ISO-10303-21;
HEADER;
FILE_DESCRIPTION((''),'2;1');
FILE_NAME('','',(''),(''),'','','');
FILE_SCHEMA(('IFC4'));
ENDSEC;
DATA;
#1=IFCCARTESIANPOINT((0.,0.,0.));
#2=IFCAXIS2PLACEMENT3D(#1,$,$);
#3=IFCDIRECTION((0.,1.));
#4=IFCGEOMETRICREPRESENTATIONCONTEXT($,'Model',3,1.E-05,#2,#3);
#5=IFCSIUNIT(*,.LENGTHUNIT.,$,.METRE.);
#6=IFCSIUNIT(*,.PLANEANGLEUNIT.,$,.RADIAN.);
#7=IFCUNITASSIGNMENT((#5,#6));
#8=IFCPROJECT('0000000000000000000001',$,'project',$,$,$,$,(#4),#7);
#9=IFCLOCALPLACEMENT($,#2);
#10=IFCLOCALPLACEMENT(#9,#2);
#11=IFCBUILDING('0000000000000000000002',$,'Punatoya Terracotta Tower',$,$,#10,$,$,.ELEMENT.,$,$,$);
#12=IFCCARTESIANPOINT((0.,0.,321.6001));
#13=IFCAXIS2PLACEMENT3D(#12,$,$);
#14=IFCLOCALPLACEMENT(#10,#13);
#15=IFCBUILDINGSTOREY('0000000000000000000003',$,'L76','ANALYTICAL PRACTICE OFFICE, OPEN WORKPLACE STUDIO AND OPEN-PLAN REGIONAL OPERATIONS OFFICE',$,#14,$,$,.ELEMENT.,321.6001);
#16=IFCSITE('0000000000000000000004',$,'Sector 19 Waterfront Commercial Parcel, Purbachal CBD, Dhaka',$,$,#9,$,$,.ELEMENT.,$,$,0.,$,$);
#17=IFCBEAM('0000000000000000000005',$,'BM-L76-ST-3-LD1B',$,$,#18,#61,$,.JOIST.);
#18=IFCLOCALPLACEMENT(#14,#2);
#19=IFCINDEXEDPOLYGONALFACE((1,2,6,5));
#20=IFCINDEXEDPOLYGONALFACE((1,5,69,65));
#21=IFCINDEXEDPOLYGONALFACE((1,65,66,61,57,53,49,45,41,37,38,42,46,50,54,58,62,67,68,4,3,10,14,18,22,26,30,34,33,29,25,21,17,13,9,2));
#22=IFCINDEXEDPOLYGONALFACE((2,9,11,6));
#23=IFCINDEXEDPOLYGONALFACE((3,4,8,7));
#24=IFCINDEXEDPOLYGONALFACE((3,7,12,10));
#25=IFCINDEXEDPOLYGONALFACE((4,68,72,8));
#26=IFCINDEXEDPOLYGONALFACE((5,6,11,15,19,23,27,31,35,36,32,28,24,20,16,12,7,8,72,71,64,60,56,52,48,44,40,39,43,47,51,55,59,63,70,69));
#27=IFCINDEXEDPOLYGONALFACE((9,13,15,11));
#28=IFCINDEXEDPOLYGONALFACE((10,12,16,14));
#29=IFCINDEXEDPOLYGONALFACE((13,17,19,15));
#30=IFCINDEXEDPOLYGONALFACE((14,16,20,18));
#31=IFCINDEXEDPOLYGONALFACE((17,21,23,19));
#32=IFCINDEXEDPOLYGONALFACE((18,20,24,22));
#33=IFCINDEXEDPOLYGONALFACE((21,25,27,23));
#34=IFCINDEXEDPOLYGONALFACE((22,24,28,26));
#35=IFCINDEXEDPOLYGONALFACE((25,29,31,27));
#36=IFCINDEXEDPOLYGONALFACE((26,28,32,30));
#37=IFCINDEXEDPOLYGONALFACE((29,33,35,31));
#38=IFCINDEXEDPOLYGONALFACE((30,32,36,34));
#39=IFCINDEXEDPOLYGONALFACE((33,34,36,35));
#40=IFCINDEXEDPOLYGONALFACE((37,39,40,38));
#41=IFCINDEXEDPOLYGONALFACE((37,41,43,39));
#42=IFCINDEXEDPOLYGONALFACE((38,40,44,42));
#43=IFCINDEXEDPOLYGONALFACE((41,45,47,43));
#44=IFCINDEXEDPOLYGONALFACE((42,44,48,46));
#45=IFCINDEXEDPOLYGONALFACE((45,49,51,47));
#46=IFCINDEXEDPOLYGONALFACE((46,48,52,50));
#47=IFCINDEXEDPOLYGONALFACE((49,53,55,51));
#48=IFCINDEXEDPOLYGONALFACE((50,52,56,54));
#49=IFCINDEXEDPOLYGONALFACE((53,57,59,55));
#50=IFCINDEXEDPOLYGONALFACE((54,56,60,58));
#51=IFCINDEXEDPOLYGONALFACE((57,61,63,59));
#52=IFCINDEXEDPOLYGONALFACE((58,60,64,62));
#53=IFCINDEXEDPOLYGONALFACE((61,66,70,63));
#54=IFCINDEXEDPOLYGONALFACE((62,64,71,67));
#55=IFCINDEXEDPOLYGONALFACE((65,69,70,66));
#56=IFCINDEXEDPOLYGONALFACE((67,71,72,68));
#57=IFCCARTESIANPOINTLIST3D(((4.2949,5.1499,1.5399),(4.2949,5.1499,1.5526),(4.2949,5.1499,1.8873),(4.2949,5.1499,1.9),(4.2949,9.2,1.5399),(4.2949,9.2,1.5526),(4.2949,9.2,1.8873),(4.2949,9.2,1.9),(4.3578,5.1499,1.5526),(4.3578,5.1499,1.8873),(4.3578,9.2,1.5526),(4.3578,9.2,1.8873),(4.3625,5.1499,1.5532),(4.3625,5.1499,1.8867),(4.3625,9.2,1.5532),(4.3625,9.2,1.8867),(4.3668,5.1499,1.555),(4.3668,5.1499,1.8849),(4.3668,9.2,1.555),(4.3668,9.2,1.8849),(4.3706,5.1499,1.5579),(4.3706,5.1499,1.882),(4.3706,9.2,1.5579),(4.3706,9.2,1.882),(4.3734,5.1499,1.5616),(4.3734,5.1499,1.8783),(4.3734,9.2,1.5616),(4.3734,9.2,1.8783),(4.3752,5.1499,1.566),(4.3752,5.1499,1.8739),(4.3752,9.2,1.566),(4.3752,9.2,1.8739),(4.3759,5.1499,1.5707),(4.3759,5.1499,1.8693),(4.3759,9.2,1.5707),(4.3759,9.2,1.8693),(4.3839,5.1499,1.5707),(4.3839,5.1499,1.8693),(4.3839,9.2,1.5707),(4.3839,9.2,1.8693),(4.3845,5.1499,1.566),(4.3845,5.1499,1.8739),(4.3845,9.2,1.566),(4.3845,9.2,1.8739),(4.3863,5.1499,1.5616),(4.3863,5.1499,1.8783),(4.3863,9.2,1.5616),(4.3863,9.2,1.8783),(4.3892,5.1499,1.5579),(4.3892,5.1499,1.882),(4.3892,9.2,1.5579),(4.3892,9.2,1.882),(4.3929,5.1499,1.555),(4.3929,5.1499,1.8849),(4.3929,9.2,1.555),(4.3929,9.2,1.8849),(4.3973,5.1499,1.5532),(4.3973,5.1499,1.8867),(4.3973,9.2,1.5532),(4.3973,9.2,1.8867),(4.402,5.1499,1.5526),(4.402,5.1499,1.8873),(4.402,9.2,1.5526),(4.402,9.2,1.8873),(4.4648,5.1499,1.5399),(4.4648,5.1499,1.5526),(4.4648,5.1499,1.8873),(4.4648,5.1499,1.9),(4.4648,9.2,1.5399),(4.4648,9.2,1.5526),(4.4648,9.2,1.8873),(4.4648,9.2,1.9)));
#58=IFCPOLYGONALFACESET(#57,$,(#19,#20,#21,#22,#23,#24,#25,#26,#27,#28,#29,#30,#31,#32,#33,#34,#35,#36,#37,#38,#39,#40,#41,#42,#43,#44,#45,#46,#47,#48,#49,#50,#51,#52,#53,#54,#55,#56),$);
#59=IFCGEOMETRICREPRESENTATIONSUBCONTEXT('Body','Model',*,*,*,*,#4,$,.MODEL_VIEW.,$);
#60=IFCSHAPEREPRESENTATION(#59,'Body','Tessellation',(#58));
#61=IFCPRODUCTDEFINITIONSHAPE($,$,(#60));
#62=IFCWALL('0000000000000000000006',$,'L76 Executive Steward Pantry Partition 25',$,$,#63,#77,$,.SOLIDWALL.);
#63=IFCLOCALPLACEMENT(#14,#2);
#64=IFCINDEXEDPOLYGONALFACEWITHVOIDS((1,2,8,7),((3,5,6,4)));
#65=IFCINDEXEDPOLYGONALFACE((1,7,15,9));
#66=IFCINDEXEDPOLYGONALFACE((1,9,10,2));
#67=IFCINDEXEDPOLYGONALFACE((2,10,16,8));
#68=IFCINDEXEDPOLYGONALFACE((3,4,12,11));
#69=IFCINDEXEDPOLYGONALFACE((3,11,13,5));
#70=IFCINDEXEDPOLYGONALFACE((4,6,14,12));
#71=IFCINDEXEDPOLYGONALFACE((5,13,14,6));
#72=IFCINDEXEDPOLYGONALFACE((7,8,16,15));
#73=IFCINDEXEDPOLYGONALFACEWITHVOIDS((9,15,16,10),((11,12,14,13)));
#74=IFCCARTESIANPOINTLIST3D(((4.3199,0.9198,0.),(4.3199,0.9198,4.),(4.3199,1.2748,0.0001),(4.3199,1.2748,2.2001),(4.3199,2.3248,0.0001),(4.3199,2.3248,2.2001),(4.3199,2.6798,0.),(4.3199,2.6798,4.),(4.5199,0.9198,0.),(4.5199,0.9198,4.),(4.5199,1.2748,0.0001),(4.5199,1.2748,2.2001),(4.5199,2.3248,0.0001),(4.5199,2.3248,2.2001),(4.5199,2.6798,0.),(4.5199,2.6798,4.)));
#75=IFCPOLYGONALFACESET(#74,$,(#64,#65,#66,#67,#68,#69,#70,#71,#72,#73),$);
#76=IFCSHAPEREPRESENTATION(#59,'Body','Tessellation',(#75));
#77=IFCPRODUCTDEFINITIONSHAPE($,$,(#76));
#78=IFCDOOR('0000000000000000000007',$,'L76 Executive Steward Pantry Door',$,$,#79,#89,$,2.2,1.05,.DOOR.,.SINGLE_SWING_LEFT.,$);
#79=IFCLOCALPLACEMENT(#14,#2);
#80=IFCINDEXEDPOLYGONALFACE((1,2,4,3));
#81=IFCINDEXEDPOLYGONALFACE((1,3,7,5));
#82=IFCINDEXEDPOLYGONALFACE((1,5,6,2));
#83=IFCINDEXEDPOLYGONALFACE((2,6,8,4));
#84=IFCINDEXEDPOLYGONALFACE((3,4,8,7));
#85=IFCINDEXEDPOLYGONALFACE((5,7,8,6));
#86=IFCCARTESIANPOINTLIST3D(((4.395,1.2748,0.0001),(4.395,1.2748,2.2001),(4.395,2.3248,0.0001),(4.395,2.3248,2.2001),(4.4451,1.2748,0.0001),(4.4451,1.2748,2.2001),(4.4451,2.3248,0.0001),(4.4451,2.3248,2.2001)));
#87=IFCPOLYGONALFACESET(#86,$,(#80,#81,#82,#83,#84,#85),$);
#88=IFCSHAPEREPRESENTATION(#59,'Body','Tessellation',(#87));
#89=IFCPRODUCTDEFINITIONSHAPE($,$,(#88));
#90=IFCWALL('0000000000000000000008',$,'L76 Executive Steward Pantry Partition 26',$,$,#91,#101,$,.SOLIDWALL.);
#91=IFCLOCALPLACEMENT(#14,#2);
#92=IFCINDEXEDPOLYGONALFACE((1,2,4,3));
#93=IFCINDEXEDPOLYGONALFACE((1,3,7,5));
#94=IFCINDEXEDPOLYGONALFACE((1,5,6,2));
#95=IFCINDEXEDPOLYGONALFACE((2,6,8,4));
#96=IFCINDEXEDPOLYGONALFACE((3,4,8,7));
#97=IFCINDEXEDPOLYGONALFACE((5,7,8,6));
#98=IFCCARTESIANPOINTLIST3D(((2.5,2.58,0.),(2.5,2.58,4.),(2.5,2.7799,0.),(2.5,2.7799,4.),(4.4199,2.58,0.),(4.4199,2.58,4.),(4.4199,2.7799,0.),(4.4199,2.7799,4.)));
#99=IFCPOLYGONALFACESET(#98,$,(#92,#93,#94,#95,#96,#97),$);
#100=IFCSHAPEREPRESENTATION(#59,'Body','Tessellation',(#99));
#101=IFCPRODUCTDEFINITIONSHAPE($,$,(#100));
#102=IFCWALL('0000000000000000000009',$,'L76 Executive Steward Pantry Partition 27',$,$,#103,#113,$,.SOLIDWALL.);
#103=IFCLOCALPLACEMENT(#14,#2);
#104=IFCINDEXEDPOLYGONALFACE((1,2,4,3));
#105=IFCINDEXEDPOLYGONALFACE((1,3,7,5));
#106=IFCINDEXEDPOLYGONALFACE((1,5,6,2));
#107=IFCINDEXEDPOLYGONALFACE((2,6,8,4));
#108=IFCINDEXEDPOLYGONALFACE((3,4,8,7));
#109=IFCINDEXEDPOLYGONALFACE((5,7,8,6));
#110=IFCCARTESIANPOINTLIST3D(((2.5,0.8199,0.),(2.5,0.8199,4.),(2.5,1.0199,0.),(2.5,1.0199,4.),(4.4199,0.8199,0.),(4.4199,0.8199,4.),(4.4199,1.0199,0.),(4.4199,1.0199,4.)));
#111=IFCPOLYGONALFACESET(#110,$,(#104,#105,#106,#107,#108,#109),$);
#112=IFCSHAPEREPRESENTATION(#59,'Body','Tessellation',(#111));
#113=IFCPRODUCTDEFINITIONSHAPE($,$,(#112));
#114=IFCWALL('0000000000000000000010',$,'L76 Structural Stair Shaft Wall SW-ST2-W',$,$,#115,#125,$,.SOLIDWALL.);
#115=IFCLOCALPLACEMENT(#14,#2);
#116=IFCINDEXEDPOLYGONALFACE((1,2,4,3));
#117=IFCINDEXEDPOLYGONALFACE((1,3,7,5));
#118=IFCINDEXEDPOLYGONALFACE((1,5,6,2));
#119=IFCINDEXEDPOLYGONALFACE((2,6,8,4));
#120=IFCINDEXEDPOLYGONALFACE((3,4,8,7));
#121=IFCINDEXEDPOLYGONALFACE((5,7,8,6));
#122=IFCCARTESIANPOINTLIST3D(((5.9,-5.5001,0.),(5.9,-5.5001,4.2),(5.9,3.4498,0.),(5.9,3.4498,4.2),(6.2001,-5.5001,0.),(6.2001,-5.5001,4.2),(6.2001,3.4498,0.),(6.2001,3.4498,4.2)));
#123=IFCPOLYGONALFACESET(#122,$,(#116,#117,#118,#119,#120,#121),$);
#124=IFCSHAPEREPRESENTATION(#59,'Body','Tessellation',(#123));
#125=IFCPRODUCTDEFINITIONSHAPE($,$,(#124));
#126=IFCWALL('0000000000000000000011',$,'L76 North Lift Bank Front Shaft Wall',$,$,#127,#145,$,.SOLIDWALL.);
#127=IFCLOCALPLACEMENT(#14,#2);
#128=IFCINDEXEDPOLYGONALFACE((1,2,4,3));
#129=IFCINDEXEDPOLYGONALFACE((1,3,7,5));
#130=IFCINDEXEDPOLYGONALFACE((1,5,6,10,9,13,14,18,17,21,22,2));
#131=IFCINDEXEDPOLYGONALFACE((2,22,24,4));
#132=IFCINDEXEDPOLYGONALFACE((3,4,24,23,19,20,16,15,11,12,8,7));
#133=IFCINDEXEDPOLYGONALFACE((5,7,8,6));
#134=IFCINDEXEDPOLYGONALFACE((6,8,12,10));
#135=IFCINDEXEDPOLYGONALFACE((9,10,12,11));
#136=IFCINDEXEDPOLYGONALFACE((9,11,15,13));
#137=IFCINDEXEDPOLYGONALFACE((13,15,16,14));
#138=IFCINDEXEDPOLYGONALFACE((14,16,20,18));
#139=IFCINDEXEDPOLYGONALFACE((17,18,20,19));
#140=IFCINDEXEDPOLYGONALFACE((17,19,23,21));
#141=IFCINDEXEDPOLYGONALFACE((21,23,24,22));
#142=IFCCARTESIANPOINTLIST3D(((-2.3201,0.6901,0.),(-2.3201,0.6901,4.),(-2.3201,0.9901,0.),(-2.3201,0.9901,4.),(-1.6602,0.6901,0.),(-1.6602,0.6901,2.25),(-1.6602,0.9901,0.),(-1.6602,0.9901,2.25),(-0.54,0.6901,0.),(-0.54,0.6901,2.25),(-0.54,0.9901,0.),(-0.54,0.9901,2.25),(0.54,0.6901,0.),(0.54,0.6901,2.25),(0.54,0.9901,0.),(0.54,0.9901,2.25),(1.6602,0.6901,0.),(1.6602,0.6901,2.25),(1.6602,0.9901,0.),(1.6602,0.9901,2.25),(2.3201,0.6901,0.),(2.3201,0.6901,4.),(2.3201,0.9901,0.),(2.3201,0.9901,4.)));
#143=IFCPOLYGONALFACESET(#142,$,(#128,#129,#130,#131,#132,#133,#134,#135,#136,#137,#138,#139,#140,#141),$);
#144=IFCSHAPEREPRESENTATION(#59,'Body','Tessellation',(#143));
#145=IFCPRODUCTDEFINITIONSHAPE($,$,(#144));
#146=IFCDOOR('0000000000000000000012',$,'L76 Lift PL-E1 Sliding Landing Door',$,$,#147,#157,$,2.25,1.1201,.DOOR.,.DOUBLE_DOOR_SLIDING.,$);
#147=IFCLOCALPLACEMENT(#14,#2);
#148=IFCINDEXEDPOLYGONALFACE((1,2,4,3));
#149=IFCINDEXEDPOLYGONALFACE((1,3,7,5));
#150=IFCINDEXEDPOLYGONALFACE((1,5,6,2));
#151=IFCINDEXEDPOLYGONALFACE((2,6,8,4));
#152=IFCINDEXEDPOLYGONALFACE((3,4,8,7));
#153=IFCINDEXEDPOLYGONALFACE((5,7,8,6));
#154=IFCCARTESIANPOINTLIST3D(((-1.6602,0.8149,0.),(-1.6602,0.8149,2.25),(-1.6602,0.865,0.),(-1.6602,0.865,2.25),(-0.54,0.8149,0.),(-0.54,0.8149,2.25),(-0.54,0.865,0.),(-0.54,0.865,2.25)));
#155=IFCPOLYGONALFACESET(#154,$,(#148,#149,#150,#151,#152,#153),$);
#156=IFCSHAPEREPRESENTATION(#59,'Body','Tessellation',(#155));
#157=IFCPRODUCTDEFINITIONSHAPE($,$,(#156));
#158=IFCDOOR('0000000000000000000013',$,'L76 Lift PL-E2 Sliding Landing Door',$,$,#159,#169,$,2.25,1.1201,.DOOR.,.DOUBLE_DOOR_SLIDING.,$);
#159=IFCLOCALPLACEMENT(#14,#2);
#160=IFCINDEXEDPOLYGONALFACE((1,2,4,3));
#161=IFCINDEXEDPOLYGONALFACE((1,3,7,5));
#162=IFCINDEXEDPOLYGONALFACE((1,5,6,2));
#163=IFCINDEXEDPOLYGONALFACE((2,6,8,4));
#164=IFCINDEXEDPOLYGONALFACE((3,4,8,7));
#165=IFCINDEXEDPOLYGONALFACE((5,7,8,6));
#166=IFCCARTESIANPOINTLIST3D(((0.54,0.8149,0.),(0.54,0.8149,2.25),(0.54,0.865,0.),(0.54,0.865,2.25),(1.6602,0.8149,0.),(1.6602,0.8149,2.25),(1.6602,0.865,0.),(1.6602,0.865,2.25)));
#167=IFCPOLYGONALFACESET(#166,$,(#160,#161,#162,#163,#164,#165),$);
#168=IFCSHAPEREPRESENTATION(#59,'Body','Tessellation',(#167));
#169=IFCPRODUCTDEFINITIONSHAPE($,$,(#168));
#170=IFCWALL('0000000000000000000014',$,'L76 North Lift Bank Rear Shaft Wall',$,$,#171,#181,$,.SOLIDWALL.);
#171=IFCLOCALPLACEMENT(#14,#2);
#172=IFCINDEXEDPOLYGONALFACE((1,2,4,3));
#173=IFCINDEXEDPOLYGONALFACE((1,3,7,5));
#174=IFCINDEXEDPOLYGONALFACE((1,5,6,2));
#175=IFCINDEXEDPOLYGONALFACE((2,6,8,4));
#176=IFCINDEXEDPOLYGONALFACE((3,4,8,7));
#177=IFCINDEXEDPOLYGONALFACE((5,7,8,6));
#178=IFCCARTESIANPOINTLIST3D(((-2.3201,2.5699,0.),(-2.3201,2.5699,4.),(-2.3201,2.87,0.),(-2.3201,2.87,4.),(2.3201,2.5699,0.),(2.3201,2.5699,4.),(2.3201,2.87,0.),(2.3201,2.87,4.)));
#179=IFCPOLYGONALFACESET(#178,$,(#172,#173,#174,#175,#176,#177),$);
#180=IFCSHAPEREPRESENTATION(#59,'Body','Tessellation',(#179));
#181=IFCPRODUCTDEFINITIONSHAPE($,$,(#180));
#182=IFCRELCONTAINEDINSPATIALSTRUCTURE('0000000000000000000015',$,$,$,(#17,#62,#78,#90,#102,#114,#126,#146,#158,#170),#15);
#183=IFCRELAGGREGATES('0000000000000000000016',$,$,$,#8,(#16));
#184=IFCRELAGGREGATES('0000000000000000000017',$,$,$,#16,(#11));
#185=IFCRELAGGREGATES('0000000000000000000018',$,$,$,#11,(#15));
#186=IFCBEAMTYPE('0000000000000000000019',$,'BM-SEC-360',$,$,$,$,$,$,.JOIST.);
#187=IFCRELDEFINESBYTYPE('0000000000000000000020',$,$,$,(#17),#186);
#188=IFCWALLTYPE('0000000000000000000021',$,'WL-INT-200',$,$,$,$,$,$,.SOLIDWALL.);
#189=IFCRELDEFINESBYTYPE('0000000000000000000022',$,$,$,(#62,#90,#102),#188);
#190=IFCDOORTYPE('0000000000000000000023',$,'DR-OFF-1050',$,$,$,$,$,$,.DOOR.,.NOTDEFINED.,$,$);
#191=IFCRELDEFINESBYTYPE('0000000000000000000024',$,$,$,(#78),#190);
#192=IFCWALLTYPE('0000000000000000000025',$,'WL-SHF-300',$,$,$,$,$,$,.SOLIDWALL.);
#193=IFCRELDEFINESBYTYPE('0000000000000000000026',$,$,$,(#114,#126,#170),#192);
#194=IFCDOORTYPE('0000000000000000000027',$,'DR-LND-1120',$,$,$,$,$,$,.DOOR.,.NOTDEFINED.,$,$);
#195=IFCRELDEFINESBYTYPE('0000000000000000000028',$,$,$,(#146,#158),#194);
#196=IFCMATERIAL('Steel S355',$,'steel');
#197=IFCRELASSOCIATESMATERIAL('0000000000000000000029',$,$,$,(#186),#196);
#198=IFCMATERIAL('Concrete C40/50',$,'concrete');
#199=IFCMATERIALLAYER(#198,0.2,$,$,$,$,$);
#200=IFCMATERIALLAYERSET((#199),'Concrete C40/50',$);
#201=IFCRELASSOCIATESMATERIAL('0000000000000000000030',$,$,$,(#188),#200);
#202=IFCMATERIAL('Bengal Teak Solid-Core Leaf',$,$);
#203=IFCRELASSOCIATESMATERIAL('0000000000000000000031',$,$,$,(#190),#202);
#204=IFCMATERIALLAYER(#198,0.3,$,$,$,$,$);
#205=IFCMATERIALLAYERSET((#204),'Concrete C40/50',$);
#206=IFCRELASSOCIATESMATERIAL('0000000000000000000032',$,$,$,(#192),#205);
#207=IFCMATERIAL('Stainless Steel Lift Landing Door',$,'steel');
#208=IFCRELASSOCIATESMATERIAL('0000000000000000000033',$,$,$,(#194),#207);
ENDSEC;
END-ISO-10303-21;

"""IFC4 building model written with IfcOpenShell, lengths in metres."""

from ifc_helpers import new_model, si_unit, direction, frame, frame_2d, origin, origin_2d, place, context, subcontext, project, spatial, rectangle, i_section, extrude, material, layer, layer_set, material_profile, profile_set, type_object, element, fill, save


model = new_model("IFC4")

# Units and contexts
model_context = context("Model", 3, precision=1e-05, world=origin(), true_north=direction((0.0, 1.0)))
body_context = subcontext(model_context, "Body", "Model", "MODEL_VIEW")
ifc_project = project(units=[si_unit("LENGTHUNIT", "METRE"), si_unit("PLANEANGLEUNIT", "RADIAN")], contexts=[model_context])

# Site, building, storey
site_placement = place(None, origin())
site = spatial("IfcSite", under=ifc_project, at=site_placement, Name="Sector 19 Waterfront Commercial Parcel, Purbachal CBD, Dhaka", CompositionType="ELEMENT", RefElevation=0.0)
building_placement = place(site_placement, origin())
building = spatial("IfcBuilding", under=site, at=building_placement, Name="Punatoya Terracotta Tower", CompositionType="ELEMENT")
storey_placement = place(building_placement, frame((0.0, 0.0, 321.6001)))
storey = spatial("IfcBuildingStorey", under=building, at=storey_placement, Name="L76", Description="ANALYTICAL PRACTICE OFFICE, OPEN WORKPLACE STUDIO AND OPEN-PLAN REGIONAL OPERATIONS OFFICE", CompositionType="ELEMENT", Elevation=321.6001)

# Beam
ifc_material_1 = material(Name="Steel S355", Category="steel")
ifc_material_profile_1 = material_profile(ifc_material_1, i_section(OverallWidth=0.1699, OverallDepth=0.3601, WebThickness=0.0081, FlangeThickness=0.0127, FilletRadius=0.0181, at=origin_2d()))
ifc_profile_set_1 = profile_set([ifc_material_profile_1], Name="Steel S355")
beam_type_1 = type_object("IfcBeamType", Name="BM-SEC-360", PredefinedType="JOIST", material=ifc_profile_set_1)
for number, where, z_axis, x_axis, name in (
    (1, (4.3799, 5.1499, 1.72), (0.0, 1.0, 0.0), (-1.0, 0.0, 0.0), "BM-L76-ST-3-LD1B"),
):
    element("IfcBeam", number, at=place(storey_placement, frame(where, z_axis=z_axis, x_axis=x_axis)), inside=storey, type_object=beam_type_1, Name=name, PredefinedType="JOIST", context=body_context, shape_type="SweptSolid", body=[
        extrude(i_section(OverallWidth=0.1699, OverallDepth=0.3601, WebThickness=0.0081, FlangeThickness=0.0127, FilletRadius=0.0181, at=origin_2d()), origin(), (0.0, 0.0, 1.0), 4.05),
    ])

# Wall, opening, door
ifc_material_2 = material(Name="Concrete C40/50", Category="concrete")
ifc_layer_1 = layer(ifc_material_2, 0.2)
ifc_layer_set_1 = layer_set([ifc_layer_1], Name="Concrete C40/50")
wall_type_1 = type_object("IfcWallType", Name="WL-INT-200", PredefinedType="SOLIDWALL", material=ifc_layer_set_1)
wall_1_placement = place(storey_placement, frame((4.4199, 0.9199, 0.0), z_axis=(0.0, 0.0, 1.0), x_axis=(0.0, 1.0, 0.0)))
wall_1 = element("IfcWall", 2, at=wall_1_placement, inside=storey, type_object=wall_type_1, Name="L76 Executive Steward Pantry Partition 25", PredefinedType="SOLIDWALL", context=body_context, shape_type="SweptSolid", body=[
    extrude(rectangle(XDim=1.76, YDim=0.2, at=frame_2d((0.8799, 0.0))), origin(), (0.0, 0.0, 1.0), 4.0),
])
opening_1_placement = place(wall_1_placement, frame((0.355, 0.0, 0.0)))
opening_1 = element("IfcOpeningElement", 3, at=opening_1_placement, cuts=wall_1, PredefinedType="OPENING", context=body_context, shape_type="SweptSolid", body=[
    extrude(rectangle(XDim=1.05, YDim=2.2, at=frame_2d((0.5249, 1.1001))), frame((0.0, 0.1099, 0.0), z_axis=(0.0, -1.0, 0.0), x_axis=(1.0, 0.0, 0.0)), (0.0, 0.0, 1.0), 0.22),
])
ifc_material_3 = material(Name="Bengal Teak Solid-Core Leaf")
door_type_1 = type_object("IfcDoorType", Name="DR-OFF-1050", OperationType="NOTDEFINED", PredefinedType="DOOR", material=ifc_material_3)
door_1_placement = place(opening_1_placement, origin())
door_1 = element("IfcDoor", 4, at=door_1_placement, inside=storey, type_object=door_type_1, Name="L76 Executive Steward Pantry Door", OperationType="SINGLE_SWING_LEFT", OverallHeight=2.2, OverallWidth=1.05, PredefinedType="DOOR", context=body_context, shape_type="SweptSolid", body=[
    extrude(rectangle(XDim=1.05, YDim=2.2, at=frame_2d((0.5249, 1.1001))), frame((0.0, 0.0249, 0.0), z_axis=(0.0, -1.0, 0.0), x_axis=(1.0, 0.0, 0.0)), (0.0, 0.0, 1.0), 0.05),
])
fill(opening_1, door_1)

# Walls
for number, where, z_axis, x_axis, name in (
    (5, (4.4199, 2.6799, 0.0), (0.0, 0.0, 1.0), (-1.0, 0.0, 0.0), "L76 Executive Steward Pantry Partition 26"),
    (6, (2.5, 0.9199, 0.0), (0.0, 0.0, 1.0), (1.0, 0.0, 0.0), "L76 Executive Steward Pantry Partition 27"),
):
    element("IfcWall", number, at=place(storey_placement, frame(where, z_axis=z_axis, x_axis=x_axis)), inside=storey, type_object=wall_type_1, Name=name, PredefinedType="SOLIDWALL", context=body_context, shape_type="SweptSolid", body=[
        extrude(rectangle(XDim=1.9199, YDim=0.2, at=frame_2d((0.96, 0.0))), origin(), (0.0, 0.0, 1.0), 4.0),
    ])
ifc_layer_2 = layer(ifc_material_2, 0.3)
ifc_layer_set_2 = layer_set([ifc_layer_2], Name="Concrete C40/50")
wall_type_2 = type_object("IfcWallType", Name="WL-SHF-300", PredefinedType="SOLIDWALL", material=ifc_layer_set_2)
wall_2_placement = place(storey_placement, frame((6.05, 3.45, 0.0), z_axis=(0.0, 0.0, 1.0), x_axis=(0.0, -1.0, 0.0)))
element("IfcWall", 7, at=wall_2_placement, inside=storey, type_object=wall_type_2, Name="L76 Structural Stair Shaft Wall SW-ST2-W", PredefinedType="SOLIDWALL", context=body_context, shape_type="SweptSolid", body=[
    extrude(rectangle(XDim=8.95, YDim=0.3, at=frame_2d((4.4751, 0.0))), origin(), (0.0, 0.0, 1.0), 4.2),
])

# Wall, openings, doors
wall_3_placement = place(storey_placement, frame((-2.3201, 0.8401, 0.0), z_axis=(0.0, 0.0, 1.0), x_axis=(1.0, 0.0, 0.0)))
wall_3 = element("IfcWall", 8, at=wall_3_placement, inside=storey, type_object=wall_type_2, Name="L76 North Lift Bank Front Shaft Wall", PredefinedType="SOLIDWALL", context=body_context, shape_type="SweptSolid", body=[
    extrude(rectangle(XDim=4.6401, YDim=0.3, at=frame_2d((2.3201, 0.0))), origin(), (0.0, 0.0, 1.0), 4.0),
])
opening_2_placement = place(wall_3_placement, frame((0.6599, 0.0, 0.0)))
opening_2 = element("IfcOpeningElement", 9, at=opening_2_placement, cuts=wall_3, PredefinedType="OPENING", context=body_context, shape_type="SweptSolid", body=[
    extrude(rectangle(XDim=1.1201, YDim=2.25, at=frame_2d((0.5601, 1.125))), frame((0.0, 0.1599, 0.0), z_axis=(0.0, -1.0, 0.0), x_axis=(1.0, 0.0, 0.0)), (0.0, 0.0, 1.0), 0.3201),
])
opening_3_placement = place(wall_3_placement, frame((2.8601, 0.0, 0.0)))
opening_3 = element("IfcOpeningElement", 10, at=opening_3_placement, cuts=wall_3, PredefinedType="OPENING", context=body_context, shape_type="SweptSolid", body=[
    extrude(rectangle(XDim=1.1201, YDim=2.25, at=frame_2d((0.5601, 1.125))), frame((0.0, 0.1599, 0.0), z_axis=(0.0, -1.0, 0.0), x_axis=(1.0, 0.0, 0.0)), (0.0, 0.0, 1.0), 0.3201),
])
ifc_material_4 = material(Name="Stainless Steel Lift Landing Door", Category="steel")
door_type_2 = type_object("IfcDoorType", Name="DR-LND-1120", OperationType="NOTDEFINED", PredefinedType="DOOR", material=ifc_material_4)
door_2_placement = place(opening_2_placement, origin())
door_2 = element("IfcDoor", 11, at=door_2_placement, inside=storey, type_object=door_type_2, Name="L76 Lift PL-E1 Sliding Landing Door", OperationType="DOUBLE_DOOR_SLIDING", OverallHeight=2.25, OverallWidth=1.1201, PredefinedType="DOOR", context=body_context, shape_type="SweptSolid", body=[
    extrude(rectangle(XDim=1.1201, YDim=2.25, at=frame_2d((0.5601, 1.125))), frame((0.0, 0.0249, 0.0), z_axis=(0.0, -1.0, 0.0), x_axis=(1.0, 0.0, 0.0)), (0.0, 0.0, 1.0), 0.05),
])
fill(opening_2, door_2)
door_3_placement = place(opening_3_placement, origin())
door_3 = element("IfcDoor", 12, at=door_3_placement, inside=storey, type_object=door_type_2, Name="L76 Lift PL-E2 Sliding Landing Door", OperationType="DOUBLE_DOOR_SLIDING", OverallHeight=2.25, OverallWidth=1.1201, PredefinedType="DOOR", context=body_context, shape_type="SweptSolid", body=[
    extrude(rectangle(XDim=1.1201, YDim=2.25, at=frame_2d((0.5601, 1.125))), frame((0.0, 0.0249, 0.0), z_axis=(0.0, -1.0, 0.0), x_axis=(1.0, 0.0, 0.0)), (0.0, 0.0, 1.0), 0.05),
])
fill(opening_3, door_3)

# Wall
wall_4_placement = place(storey_placement, frame((-2.3201, 2.72, 0.0), z_axis=(0.0, 0.0, 1.0), x_axis=(1.0, 0.0, 0.0)))
element("IfcWall", 13, at=wall_4_placement, inside=storey, type_object=wall_type_2, Name="L76 North Lift Bank Rear Shaft Wall", PredefinedType="SOLIDWALL", context=body_context, shape_type="SweptSolid", body=[
    extrude(rectangle(XDim=4.6401, YDim=0.3, at=frame_2d((2.3201, 0.0))), origin(), (0.0, 0.0, 1.0), 4.0),
])

save(model, "model.ifc")
